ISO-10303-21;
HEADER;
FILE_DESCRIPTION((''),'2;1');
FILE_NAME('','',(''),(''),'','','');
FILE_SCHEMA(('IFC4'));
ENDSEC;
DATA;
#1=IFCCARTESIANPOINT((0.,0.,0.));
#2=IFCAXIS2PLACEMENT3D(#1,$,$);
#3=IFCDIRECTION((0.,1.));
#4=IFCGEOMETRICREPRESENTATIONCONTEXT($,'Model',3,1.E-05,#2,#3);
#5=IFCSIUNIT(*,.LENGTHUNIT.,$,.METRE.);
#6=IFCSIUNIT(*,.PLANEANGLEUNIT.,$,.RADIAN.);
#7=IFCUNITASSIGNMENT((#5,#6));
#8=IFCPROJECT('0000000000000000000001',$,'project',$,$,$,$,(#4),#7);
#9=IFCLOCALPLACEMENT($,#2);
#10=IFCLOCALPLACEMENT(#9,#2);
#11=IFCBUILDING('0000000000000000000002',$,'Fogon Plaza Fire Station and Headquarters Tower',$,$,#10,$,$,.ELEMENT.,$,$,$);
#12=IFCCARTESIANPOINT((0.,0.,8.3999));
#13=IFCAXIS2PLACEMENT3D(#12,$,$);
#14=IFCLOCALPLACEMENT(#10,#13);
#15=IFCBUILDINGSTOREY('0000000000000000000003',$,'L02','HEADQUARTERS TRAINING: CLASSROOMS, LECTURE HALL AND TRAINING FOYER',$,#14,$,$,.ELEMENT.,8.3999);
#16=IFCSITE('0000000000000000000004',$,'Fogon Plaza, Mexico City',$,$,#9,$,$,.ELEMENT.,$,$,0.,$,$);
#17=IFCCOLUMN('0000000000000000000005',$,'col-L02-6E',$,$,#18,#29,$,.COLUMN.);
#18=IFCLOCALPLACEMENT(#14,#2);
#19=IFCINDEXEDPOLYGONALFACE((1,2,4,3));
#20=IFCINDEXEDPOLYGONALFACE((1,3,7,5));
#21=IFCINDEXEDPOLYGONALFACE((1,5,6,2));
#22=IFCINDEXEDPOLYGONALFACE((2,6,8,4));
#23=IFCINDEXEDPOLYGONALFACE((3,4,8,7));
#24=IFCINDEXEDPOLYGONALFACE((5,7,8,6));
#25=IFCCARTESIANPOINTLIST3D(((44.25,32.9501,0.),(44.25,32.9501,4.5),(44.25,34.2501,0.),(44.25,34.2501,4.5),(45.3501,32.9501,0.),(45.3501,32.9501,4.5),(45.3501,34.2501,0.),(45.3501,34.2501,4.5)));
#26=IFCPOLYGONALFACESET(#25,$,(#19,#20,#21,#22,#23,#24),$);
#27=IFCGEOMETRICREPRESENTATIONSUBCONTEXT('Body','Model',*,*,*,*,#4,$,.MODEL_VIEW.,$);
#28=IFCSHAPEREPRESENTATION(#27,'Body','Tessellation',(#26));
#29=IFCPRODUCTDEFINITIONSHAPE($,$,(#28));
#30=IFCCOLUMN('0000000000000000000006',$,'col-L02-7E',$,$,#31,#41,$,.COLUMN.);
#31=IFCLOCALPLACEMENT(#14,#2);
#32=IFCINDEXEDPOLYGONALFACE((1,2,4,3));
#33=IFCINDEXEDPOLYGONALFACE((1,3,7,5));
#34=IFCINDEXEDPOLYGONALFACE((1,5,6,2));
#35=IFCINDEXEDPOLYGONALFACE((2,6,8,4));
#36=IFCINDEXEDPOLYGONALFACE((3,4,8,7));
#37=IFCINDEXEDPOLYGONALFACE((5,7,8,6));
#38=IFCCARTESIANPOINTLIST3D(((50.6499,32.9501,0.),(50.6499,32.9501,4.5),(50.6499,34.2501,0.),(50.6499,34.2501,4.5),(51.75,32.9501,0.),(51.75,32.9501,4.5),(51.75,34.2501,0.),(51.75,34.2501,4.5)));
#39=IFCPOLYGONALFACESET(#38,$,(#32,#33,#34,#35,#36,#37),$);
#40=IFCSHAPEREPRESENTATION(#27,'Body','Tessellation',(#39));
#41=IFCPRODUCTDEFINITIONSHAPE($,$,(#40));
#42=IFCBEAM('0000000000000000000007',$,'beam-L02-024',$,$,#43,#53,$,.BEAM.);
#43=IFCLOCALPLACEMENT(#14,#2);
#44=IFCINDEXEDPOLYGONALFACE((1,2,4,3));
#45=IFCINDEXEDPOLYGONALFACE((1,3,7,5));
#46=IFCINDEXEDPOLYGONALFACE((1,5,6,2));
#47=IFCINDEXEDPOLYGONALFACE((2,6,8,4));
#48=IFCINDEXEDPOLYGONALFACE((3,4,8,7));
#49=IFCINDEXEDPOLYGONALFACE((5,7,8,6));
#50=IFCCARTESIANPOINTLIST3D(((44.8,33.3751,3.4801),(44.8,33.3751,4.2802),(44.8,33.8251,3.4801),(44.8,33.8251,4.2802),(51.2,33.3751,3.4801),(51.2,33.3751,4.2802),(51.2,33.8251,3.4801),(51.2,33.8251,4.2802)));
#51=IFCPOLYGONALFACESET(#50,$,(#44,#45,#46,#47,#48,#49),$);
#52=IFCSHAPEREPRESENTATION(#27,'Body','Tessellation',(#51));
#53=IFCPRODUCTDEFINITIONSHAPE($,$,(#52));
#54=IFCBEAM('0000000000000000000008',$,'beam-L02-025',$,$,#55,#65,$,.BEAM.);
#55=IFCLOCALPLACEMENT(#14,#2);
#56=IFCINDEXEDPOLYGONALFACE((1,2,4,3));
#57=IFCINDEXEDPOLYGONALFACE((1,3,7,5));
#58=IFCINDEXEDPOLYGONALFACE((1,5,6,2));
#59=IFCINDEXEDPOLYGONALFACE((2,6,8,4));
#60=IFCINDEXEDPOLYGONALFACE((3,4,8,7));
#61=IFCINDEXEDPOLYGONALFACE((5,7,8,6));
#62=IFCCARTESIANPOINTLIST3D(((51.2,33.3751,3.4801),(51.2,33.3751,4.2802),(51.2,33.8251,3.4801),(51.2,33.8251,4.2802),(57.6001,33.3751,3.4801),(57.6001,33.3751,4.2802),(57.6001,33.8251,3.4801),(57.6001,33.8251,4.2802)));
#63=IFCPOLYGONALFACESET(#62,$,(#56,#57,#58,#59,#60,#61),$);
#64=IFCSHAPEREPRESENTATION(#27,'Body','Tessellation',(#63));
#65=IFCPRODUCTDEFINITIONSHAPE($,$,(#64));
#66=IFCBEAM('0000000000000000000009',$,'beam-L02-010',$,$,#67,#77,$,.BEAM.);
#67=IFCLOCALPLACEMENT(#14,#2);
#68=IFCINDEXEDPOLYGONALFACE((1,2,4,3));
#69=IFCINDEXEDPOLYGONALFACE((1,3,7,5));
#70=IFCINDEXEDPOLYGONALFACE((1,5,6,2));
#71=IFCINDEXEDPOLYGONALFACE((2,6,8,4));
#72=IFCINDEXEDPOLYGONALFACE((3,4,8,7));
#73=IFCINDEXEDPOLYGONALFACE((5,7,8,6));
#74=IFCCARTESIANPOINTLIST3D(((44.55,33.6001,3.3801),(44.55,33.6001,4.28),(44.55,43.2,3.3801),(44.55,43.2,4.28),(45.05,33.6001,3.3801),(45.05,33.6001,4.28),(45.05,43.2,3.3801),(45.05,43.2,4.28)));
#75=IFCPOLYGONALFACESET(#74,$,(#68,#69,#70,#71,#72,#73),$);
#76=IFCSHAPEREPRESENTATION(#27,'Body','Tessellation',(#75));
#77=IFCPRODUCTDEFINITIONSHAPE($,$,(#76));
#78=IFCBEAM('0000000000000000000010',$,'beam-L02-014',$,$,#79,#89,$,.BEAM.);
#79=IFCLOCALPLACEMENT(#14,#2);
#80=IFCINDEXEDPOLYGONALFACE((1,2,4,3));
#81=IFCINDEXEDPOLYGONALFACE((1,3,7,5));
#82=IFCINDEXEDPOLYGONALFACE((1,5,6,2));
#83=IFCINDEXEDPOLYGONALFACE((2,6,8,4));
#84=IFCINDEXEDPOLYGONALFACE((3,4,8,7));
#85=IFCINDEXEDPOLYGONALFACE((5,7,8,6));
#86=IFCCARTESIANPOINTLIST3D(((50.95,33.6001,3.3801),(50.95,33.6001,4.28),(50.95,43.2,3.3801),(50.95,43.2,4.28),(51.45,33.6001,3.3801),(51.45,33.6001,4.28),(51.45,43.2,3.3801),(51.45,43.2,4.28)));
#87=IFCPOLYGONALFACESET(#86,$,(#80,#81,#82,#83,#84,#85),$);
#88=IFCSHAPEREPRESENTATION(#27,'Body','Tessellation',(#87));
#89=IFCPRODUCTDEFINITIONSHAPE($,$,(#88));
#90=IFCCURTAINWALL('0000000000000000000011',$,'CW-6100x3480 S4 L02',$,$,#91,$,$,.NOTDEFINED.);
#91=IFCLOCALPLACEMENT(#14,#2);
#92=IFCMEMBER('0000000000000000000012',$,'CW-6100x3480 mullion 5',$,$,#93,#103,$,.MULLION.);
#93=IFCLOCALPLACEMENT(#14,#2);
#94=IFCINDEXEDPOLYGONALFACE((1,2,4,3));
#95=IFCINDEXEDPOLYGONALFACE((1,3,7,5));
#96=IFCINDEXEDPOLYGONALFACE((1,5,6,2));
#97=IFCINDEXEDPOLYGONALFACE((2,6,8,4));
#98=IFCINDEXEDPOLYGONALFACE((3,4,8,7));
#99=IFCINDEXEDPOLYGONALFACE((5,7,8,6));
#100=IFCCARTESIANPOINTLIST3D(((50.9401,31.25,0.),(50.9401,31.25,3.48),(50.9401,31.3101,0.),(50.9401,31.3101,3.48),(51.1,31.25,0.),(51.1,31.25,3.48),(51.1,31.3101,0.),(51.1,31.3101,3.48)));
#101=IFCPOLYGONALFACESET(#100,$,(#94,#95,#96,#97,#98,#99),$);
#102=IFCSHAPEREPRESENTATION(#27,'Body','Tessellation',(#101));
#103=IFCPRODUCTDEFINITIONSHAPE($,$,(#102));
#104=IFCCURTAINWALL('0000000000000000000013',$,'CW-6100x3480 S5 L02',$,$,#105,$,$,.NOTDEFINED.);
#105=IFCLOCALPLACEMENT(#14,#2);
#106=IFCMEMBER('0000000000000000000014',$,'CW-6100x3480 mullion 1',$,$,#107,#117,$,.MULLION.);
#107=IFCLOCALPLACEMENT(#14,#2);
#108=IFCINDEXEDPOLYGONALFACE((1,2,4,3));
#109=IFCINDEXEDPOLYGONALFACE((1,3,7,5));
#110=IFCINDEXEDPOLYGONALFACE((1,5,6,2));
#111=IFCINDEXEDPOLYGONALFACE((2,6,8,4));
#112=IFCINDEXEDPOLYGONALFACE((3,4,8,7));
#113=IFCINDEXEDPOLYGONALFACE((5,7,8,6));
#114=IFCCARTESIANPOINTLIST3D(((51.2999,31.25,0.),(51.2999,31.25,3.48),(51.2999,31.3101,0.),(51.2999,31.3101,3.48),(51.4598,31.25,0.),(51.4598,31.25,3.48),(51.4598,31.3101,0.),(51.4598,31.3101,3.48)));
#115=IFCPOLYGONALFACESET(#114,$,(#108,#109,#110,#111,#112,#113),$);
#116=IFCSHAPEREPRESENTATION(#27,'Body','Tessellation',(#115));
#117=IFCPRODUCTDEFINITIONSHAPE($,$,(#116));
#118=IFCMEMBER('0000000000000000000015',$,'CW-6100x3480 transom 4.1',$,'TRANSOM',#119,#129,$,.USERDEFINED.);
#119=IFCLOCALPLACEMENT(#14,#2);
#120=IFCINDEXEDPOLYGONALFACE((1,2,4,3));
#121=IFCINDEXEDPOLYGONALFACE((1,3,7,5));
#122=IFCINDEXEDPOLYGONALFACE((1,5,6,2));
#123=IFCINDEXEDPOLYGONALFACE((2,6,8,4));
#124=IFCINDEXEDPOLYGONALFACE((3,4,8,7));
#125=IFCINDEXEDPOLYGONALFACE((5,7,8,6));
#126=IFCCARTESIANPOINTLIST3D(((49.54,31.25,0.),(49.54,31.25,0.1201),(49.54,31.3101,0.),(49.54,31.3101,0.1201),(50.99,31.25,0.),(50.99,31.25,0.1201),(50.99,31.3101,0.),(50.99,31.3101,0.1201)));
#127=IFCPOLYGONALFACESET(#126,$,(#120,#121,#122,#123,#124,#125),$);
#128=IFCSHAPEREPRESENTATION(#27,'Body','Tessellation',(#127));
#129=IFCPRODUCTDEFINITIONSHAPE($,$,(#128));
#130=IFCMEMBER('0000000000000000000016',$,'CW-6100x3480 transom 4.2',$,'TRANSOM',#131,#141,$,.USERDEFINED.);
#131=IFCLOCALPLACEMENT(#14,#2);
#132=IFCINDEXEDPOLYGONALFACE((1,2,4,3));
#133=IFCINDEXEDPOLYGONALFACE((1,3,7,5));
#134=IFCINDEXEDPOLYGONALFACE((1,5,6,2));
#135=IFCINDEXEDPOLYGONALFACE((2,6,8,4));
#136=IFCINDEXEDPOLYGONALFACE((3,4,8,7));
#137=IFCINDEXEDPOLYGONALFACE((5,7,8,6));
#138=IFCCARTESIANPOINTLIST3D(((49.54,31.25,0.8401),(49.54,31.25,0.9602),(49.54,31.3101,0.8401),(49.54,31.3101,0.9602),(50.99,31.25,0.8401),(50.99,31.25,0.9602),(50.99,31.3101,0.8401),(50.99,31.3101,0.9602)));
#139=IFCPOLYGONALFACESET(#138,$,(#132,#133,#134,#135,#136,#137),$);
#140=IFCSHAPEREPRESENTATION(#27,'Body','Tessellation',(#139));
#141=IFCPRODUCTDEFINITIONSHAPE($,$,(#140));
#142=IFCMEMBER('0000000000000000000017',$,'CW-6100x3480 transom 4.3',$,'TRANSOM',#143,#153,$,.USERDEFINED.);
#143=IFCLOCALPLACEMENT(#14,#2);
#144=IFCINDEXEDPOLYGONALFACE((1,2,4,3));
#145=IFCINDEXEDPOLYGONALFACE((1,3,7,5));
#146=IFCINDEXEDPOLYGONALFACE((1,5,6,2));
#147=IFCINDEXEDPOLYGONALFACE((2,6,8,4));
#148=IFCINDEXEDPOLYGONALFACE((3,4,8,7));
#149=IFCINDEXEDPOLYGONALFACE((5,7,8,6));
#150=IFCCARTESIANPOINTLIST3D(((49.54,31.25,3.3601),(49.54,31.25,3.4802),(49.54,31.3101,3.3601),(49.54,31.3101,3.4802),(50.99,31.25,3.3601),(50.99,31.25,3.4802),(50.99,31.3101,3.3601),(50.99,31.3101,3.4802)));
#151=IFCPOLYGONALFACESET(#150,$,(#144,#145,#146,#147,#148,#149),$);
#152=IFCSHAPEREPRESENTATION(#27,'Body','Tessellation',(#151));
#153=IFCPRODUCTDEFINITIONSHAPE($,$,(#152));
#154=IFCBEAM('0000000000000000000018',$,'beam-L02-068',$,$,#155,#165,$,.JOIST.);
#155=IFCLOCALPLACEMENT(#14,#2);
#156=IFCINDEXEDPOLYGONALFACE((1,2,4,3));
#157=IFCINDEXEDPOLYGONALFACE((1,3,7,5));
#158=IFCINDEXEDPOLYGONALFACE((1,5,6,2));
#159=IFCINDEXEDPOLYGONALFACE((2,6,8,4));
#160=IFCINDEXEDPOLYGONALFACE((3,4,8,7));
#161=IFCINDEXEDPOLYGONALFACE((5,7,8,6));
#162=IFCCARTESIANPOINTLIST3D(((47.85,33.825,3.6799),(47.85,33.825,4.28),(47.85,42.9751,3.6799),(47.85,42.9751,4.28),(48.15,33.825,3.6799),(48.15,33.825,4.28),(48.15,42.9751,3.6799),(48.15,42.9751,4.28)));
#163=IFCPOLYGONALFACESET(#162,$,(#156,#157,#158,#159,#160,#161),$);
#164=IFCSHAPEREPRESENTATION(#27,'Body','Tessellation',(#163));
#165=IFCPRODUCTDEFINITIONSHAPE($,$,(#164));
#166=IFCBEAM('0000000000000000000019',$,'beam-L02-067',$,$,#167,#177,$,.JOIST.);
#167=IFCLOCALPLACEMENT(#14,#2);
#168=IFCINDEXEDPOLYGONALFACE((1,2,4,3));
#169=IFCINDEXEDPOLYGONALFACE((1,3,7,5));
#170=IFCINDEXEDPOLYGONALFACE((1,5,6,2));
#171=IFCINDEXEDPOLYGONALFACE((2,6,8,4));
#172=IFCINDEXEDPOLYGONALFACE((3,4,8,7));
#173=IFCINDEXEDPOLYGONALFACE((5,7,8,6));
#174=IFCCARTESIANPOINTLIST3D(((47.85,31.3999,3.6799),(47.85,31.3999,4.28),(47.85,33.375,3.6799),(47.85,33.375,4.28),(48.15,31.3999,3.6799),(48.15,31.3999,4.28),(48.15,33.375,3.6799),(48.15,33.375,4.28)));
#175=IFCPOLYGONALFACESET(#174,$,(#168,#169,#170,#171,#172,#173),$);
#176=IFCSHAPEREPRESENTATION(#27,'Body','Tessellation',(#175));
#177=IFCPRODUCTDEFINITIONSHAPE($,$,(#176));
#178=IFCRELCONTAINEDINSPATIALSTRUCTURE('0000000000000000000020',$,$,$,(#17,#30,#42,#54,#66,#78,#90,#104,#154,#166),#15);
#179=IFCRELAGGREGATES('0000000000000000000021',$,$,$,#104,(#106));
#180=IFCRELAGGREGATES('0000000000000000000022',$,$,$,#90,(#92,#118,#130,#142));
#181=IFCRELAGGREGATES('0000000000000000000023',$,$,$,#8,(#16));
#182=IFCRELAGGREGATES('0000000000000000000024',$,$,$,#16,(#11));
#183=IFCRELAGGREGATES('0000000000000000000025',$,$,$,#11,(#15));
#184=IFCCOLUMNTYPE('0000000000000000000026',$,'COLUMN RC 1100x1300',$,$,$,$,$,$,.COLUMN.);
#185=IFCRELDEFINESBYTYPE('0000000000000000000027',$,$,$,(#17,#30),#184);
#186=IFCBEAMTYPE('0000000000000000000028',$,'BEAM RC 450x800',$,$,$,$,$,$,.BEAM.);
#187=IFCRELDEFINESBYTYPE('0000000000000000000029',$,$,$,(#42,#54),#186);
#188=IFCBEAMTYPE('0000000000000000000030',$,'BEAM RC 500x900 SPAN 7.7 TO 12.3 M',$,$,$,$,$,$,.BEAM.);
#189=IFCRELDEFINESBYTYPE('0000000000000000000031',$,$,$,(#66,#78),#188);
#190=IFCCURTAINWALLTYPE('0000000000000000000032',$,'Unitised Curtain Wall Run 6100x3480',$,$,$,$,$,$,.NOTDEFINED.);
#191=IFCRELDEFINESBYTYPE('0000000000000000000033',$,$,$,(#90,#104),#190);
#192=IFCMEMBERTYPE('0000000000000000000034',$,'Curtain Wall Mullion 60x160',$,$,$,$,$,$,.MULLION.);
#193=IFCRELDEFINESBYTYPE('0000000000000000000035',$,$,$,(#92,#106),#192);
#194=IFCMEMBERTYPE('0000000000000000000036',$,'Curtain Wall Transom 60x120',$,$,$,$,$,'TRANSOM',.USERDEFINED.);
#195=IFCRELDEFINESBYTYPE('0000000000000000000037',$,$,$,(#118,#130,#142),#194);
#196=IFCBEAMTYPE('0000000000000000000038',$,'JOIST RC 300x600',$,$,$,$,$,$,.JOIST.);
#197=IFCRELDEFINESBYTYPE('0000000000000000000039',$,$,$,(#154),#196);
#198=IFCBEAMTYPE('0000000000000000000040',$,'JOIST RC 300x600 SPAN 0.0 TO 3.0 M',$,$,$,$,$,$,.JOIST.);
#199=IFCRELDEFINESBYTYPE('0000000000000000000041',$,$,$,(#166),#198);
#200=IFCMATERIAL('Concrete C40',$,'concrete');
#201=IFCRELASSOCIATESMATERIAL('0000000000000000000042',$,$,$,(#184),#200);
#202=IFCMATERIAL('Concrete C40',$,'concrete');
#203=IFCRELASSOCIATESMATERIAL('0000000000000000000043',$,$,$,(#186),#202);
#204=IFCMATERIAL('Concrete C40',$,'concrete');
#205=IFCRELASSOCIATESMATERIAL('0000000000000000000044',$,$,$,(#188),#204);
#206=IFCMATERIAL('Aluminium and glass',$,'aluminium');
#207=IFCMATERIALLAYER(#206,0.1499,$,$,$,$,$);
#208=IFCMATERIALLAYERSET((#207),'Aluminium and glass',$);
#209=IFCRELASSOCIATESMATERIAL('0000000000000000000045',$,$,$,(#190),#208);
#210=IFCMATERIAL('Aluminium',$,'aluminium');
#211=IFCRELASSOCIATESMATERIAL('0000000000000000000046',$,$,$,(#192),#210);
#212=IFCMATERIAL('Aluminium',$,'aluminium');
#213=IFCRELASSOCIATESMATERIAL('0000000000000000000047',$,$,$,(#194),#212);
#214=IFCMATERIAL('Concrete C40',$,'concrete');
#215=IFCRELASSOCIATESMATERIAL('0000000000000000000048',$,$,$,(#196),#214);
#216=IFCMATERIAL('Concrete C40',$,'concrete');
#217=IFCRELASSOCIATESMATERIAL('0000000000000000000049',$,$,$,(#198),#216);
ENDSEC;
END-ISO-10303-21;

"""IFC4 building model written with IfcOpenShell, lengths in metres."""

from ifc_helpers import new_model, si_unit, direction, frame, origin, origin_2d, place, context, subcontext, project, spatial, rectangle, extrude, material, layer, layer_set, material_profile, profile_set, type_object, element, aggregate, save


model = new_model("IFC4")

# Units and contexts
model_context = context("Model", 3, precision=1e-05, world=origin(), true_north=direction((0.0, 1.0)))
body_context = subcontext(model_context, "Body", "Model", "MODEL_VIEW")
ifc_project = project(units=[si_unit("LENGTHUNIT", "METRE"), si_unit("PLANEANGLEUNIT", "RADIAN")], contexts=[model_context])

# Site, building, storey
site_placement = place(None, origin())
site = spatial("IfcSite", under=ifc_project, at=site_placement, Name="Fogon Plaza, Mexico City", CompositionType="ELEMENT", RefElevation=0.0)
building_placement = place(site_placement, origin())
building = spatial("IfcBuilding", under=site, at=building_placement, Name="Fogon Plaza Fire Station and Headquarters Tower", CompositionType="ELEMENT")
storey_placement = place(building_placement, frame((0.0, 0.0, 8.3999)))
storey = spatial("IfcBuildingStorey", under=building, at=storey_placement, Name="L02", Description="HEADQUARTERS TRAINING: CLASSROOMS, LECTURE HALL AND TRAINING FOYER", CompositionType="ELEMENT", Elevation=8.3999)

# Columns
ifc_material_1 = material(Name="Concrete C40", Category="concrete")
ifc_material_profile_1 = material_profile(ifc_material_1, rectangle(XDim=1.1001, YDim=1.3, at=origin_2d()), Name="RC 1100x1300")
ifc_profile_set_1 = profile_set([ifc_material_profile_1], Name="Concrete C40")
column_type = type_object("IfcColumnType", Name="COLUMN RC 1100x1300", PredefinedType="COLUMN", material=ifc_profile_set_1)
for number, where, z_axis, x_axis, name in (
    (1, (44.8, 33.6001, 0.0), (0.0, 0.0, 1.0), (1.0, 0.0, 0.0), "col-L02-6E"),
    (2, (51.2, 33.6001, 0.0), (0.0, 0.0, 1.0), (1.0, 0.0, 0.0), "col-L02-7E"),
):
    element("IfcColumn", number, at=place(storey_placement, frame(where, z_axis=z_axis, x_axis=x_axis)), inside=storey, type_object=column_type, Name=name, PredefinedType="COLUMN", context=body_context, shape_type="SweptSolid", body=[
        extrude(rectangle(XDim=1.1001, YDim=1.3, at=origin_2d()), origin(), (0.0, 0.0, 1.0), 4.5),
    ])

# Beams
ifc_material_2 = material(Name="Concrete C40", Category="concrete")
ifc_material_profile_2 = material_profile(ifc_material_2, rectangle(XDim=0.45, YDim=0.8, at=origin_2d()), Name="RC 450x800")
ifc_profile_set_2 = profile_set([ifc_material_profile_2], Name="Concrete C40")
beam_type_1 = type_object("IfcBeamType", Name="BEAM RC 450x800", PredefinedType="BEAM", material=ifc_profile_set_2)
beam_1_placement = place(storey_placement, frame((44.8, 33.6001, 3.8801), z_axis=(1.0, 0.0, 0.0), x_axis=(0.0, 1.0, 0.0)))
element("IfcBeam", 3, at=beam_1_placement, inside=storey, type_object=beam_type_1, Name="beam-L02-024", PredefinedType="BEAM", context=body_context, shape_type="SweptSolid", body=[
    extrude(rectangle(XDim=0.45, YDim=0.8, at=origin_2d()), origin(), (0.0, 0.0, 1.0), 6.3999),
])
beam_2_placement = place(storey_placement, frame((51.2, 33.6001, 3.8801), z_axis=(1.0, 0.0, 0.0), x_axis=(0.0, 1.0, 0.0)))
element("IfcBeam", 4, at=beam_2_placement, inside=storey, type_object=beam_type_1, Name="beam-L02-025", PredefinedType="BEAM", context=body_context, shape_type="SweptSolid", body=[
    extrude(rectangle(XDim=0.45, YDim=0.8, at=origin_2d()), origin(), (0.0, 0.0, 1.0), 6.4001),
])
ifc_material_3 = material(Name="Concrete C40", Category="concrete")
ifc_material_profile_3 = material_profile(ifc_material_3, rectangle(XDim=0.5, YDim=0.8999, at=origin_2d()), Name="RC 500x900")
ifc_profile_set_3 = profile_set([ifc_material_profile_3], Name="Concrete C40")
beam_type_2 = type_object("IfcBeamType", Name="BEAM RC 500x900 SPAN 7.7 TO 12.3 M", PredefinedType="BEAM", material=ifc_profile_set_3)
for number, where, z_axis, x_axis, name in (
    (5, (44.8, 33.6001, 3.8301), (0.0, 1.0, 0.0), (-1.0, 0.0, 0.0), "beam-L02-010"),
    (6, (51.2, 33.6001, 3.8301), (0.0, 1.0, 0.0), (-1.0, 0.0, 0.0), "beam-L02-014"),
):
    element("IfcBeam", number, at=place(storey_placement, frame(where, z_axis=z_axis, x_axis=x_axis)), inside=storey, type_object=beam_type_2, Name=name, PredefinedType="BEAM", context=body_context, shape_type="SweptSolid", body=[
        extrude(rectangle(XDim=0.5, YDim=0.8999, at=origin_2d()), origin(), (0.0, 0.0, 1.0), 9.5999),
    ])

# Curtain walls, members
ifc_material_4 = material(Name="Aluminium and glass", Category="aluminium")
ifc_layer_1 = layer(ifc_material_4, 0.1499)
ifc_layer_set_1 = layer_set([ifc_layer_1], Name="Aluminium and glass")
curtain_wall_type = type_object("IfcCurtainWallType", Name="Unitised Curtain Wall Run 6100x3480", PredefinedType="NOTDEFINED", material=ifc_layer_set_1)
curtain_wall_1_placement = place(storey_placement, origin())
curtain_wall_1 = element("IfcCurtainWall", 7, at=curtain_wall_1_placement, inside=storey, type_object=curtain_wall_type, Name="CW-6100x3480 S4 L02", PredefinedType="NOTDEFINED")
ifc_material_5 = material(Name="Aluminium", Category="aluminium")
ifc_material_profile_4 = material_profile(ifc_material_5, rectangle(XDim=0.0601, YDim=0.1599, at=origin_2d()), Name="Curtain Wall Mullion 60x160")
ifc_profile_set_4 = profile_set([ifc_material_profile_4], Name="Aluminium")
member_type_1 = type_object("IfcMemberType", Name="Curtain Wall Mullion 60x160", PredefinedType="MULLION", material=ifc_profile_set_4)
member_1_placement = place(storey_placement, frame((51.02, 31.28, 0.0), z_axis=(0.0, 0.0, 1.0), x_axis=(0.0, 1.0, 0.0)))
member_1 = element("IfcMember", 8, at=member_1_placement, type_object=member_type_1, Name="CW-6100x3480 mullion 5", PredefinedType="MULLION", context=body_context, shape_type="SweptSolid", body=[
    extrude(rectangle(XDim=0.0601, YDim=0.1599, at=origin_2d()), origin(), (0.0, 0.0, 1.0), 3.48),
])
curtain_wall_2_placement = place(storey_placement, origin())
curtain_wall_2 = element("IfcCurtainWall", 9, at=curtain_wall_2_placement, inside=storey, type_object=curtain_wall_type, Name="CW-6100x3480 S5 L02", PredefinedType="NOTDEFINED")
member_2_placement = place(storey_placement, frame((51.3799, 31.28, 0.0), z_axis=(0.0, 0.0, 1.0), x_axis=(0.0, 1.0, 0.0)))
member_2 = element("IfcMember", 10, at=member_2_placement, type_object=member_type_1, Name="CW-6100x3480 mullion 1", PredefinedType="MULLION", context=body_context, shape_type="SweptSolid", body=[
    extrude(rectangle(XDim=0.0601, YDim=0.1599, at=origin_2d()), origin(), (0.0, 0.0, 1.0), 3.48),
])
aggregate(curtain_wall_2, [member_2])

# Members
ifc_material_6 = material(Name="Aluminium", Category="aluminium")
ifc_material_profile_5 = material_profile(ifc_material_6, rectangle(XDim=0.0601, YDim=0.1201, at=origin_2d()), Name="Curtain Wall Transom 60x120")
ifc_profile_set_5 = profile_set([ifc_material_profile_5], Name="Aluminium")
member_type_2 = type_object("IfcMemberType", Name="Curtain Wall Transom 60x120", ElementType="TRANSOM", PredefinedType="USERDEFINED", material=ifc_profile_set_5)
member_3_placement = place(storey_placement, frame((49.54, 31.28, 0.0601), z_axis=(1.0, 0.0, 0.0), x_axis=(0.0, 1.0, 0.0)))
member_3 = element("IfcMember", 11, at=member_3_placement, type_object=member_type_2, Name="CW-6100x3480 transom 4.1", ObjectType="TRANSOM", PredefinedType="USERDEFINED", context=body_context, shape_type="SweptSolid", body=[
    extrude(rectangle(XDim=0.0601, YDim=0.1201, at=origin_2d()), origin(), (0.0, 0.0, 1.0), 1.45),
])
member_4_placement = place(storey_placement, frame((49.54, 31.28, 0.9001), z_axis=(1.0, 0.0, 0.0), x_axis=(0.0, 1.0, 0.0)))
member_4 = element("IfcMember", 12, at=member_4_placement, type_object=member_type_2, Name="CW-6100x3480 transom 4.2", ObjectType="TRANSOM", PredefinedType="USERDEFINED", context=body_context, shape_type="SweptSolid", body=[
    extrude(rectangle(XDim=0.0601, YDim=0.1201, at=origin_2d()), origin(), (0.0, 0.0, 1.0), 1.45),
])
member_5_placement = place(storey_placement, frame((49.54, 31.28, 3.4202), z_axis=(1.0, 0.0, 0.0), x_axis=(0.0, 1.0, 0.0)))
member_5 = element("IfcMember", 13, at=member_5_placement, type_object=member_type_2, Name="CW-6100x3480 transom 4.3", ObjectType="TRANSOM", PredefinedType="USERDEFINED", context=body_context, shape_type="SweptSolid", body=[
    extrude(rectangle(XDim=0.0601, YDim=0.1201, at=origin_2d()), origin(), (0.0, 0.0, 1.0), 1.45),
])

# Beams
ifc_material_7 = material(Name="Concrete C40", Category="concrete")
ifc_material_profile_6 = material_profile(ifc_material_7, rectangle(XDim=0.3, YDim=0.6001, at=origin_2d()), Name="RC 300x600")
ifc_profile_set_6 = profile_set([ifc_material_profile_6], Name="Concrete C40")
beam_type_3 = type_object("IfcBeamType", Name="JOIST RC 300x600", PredefinedType="JOIST", material=ifc_profile_set_6)
beam_3_placement = place(storey_placement, frame((48.0, 33.825, 3.98), z_axis=(0.0, 1.0, 0.0), x_axis=(-1.0, 0.0, 0.0)))
element("IfcBeam", 14, at=beam_3_placement, inside=storey, type_object=beam_type_3, Name="beam-L02-068", PredefinedType="JOIST", context=body_context, shape_type="SweptSolid", body=[
    extrude(rectangle(XDim=0.3, YDim=0.6001, at=origin_2d()), origin(), (0.0, 0.0, 1.0), 9.1501),
])
ifc_material_8 = material(Name="Concrete C40", Category="concrete")
ifc_material_profile_7 = material_profile(ifc_material_8, rectangle(XDim=0.3, YDim=0.6001, at=origin_2d()), Name="RC 300x600")
ifc_profile_set_7 = profile_set([ifc_material_profile_7], Name="Concrete C40")
beam_type_4 = type_object("IfcBeamType", Name="JOIST RC 300x600 SPAN 0.0 TO 3.0 M", PredefinedType="JOIST", material=ifc_profile_set_7)
beam_4_placement = place(storey_placement, frame((48.0, 31.3999, 3.98), z_axis=(0.0, 1.0, 0.0), x_axis=(-1.0, 0.0, 0.0)))
element("IfcBeam", 15, at=beam_4_placement, inside=storey, type_object=beam_type_4, Name="beam-L02-067", PredefinedType="JOIST", context=body_context, shape_type="SweptSolid", body=[
    extrude(rectangle(XDim=0.3, YDim=0.6001, at=origin_2d()), origin(), (0.0, 0.0, 1.0), 1.9751),
])

aggregate(curtain_wall_1, [member_1, member_3, member_4, member_5])

save(model, "model.ifc")
